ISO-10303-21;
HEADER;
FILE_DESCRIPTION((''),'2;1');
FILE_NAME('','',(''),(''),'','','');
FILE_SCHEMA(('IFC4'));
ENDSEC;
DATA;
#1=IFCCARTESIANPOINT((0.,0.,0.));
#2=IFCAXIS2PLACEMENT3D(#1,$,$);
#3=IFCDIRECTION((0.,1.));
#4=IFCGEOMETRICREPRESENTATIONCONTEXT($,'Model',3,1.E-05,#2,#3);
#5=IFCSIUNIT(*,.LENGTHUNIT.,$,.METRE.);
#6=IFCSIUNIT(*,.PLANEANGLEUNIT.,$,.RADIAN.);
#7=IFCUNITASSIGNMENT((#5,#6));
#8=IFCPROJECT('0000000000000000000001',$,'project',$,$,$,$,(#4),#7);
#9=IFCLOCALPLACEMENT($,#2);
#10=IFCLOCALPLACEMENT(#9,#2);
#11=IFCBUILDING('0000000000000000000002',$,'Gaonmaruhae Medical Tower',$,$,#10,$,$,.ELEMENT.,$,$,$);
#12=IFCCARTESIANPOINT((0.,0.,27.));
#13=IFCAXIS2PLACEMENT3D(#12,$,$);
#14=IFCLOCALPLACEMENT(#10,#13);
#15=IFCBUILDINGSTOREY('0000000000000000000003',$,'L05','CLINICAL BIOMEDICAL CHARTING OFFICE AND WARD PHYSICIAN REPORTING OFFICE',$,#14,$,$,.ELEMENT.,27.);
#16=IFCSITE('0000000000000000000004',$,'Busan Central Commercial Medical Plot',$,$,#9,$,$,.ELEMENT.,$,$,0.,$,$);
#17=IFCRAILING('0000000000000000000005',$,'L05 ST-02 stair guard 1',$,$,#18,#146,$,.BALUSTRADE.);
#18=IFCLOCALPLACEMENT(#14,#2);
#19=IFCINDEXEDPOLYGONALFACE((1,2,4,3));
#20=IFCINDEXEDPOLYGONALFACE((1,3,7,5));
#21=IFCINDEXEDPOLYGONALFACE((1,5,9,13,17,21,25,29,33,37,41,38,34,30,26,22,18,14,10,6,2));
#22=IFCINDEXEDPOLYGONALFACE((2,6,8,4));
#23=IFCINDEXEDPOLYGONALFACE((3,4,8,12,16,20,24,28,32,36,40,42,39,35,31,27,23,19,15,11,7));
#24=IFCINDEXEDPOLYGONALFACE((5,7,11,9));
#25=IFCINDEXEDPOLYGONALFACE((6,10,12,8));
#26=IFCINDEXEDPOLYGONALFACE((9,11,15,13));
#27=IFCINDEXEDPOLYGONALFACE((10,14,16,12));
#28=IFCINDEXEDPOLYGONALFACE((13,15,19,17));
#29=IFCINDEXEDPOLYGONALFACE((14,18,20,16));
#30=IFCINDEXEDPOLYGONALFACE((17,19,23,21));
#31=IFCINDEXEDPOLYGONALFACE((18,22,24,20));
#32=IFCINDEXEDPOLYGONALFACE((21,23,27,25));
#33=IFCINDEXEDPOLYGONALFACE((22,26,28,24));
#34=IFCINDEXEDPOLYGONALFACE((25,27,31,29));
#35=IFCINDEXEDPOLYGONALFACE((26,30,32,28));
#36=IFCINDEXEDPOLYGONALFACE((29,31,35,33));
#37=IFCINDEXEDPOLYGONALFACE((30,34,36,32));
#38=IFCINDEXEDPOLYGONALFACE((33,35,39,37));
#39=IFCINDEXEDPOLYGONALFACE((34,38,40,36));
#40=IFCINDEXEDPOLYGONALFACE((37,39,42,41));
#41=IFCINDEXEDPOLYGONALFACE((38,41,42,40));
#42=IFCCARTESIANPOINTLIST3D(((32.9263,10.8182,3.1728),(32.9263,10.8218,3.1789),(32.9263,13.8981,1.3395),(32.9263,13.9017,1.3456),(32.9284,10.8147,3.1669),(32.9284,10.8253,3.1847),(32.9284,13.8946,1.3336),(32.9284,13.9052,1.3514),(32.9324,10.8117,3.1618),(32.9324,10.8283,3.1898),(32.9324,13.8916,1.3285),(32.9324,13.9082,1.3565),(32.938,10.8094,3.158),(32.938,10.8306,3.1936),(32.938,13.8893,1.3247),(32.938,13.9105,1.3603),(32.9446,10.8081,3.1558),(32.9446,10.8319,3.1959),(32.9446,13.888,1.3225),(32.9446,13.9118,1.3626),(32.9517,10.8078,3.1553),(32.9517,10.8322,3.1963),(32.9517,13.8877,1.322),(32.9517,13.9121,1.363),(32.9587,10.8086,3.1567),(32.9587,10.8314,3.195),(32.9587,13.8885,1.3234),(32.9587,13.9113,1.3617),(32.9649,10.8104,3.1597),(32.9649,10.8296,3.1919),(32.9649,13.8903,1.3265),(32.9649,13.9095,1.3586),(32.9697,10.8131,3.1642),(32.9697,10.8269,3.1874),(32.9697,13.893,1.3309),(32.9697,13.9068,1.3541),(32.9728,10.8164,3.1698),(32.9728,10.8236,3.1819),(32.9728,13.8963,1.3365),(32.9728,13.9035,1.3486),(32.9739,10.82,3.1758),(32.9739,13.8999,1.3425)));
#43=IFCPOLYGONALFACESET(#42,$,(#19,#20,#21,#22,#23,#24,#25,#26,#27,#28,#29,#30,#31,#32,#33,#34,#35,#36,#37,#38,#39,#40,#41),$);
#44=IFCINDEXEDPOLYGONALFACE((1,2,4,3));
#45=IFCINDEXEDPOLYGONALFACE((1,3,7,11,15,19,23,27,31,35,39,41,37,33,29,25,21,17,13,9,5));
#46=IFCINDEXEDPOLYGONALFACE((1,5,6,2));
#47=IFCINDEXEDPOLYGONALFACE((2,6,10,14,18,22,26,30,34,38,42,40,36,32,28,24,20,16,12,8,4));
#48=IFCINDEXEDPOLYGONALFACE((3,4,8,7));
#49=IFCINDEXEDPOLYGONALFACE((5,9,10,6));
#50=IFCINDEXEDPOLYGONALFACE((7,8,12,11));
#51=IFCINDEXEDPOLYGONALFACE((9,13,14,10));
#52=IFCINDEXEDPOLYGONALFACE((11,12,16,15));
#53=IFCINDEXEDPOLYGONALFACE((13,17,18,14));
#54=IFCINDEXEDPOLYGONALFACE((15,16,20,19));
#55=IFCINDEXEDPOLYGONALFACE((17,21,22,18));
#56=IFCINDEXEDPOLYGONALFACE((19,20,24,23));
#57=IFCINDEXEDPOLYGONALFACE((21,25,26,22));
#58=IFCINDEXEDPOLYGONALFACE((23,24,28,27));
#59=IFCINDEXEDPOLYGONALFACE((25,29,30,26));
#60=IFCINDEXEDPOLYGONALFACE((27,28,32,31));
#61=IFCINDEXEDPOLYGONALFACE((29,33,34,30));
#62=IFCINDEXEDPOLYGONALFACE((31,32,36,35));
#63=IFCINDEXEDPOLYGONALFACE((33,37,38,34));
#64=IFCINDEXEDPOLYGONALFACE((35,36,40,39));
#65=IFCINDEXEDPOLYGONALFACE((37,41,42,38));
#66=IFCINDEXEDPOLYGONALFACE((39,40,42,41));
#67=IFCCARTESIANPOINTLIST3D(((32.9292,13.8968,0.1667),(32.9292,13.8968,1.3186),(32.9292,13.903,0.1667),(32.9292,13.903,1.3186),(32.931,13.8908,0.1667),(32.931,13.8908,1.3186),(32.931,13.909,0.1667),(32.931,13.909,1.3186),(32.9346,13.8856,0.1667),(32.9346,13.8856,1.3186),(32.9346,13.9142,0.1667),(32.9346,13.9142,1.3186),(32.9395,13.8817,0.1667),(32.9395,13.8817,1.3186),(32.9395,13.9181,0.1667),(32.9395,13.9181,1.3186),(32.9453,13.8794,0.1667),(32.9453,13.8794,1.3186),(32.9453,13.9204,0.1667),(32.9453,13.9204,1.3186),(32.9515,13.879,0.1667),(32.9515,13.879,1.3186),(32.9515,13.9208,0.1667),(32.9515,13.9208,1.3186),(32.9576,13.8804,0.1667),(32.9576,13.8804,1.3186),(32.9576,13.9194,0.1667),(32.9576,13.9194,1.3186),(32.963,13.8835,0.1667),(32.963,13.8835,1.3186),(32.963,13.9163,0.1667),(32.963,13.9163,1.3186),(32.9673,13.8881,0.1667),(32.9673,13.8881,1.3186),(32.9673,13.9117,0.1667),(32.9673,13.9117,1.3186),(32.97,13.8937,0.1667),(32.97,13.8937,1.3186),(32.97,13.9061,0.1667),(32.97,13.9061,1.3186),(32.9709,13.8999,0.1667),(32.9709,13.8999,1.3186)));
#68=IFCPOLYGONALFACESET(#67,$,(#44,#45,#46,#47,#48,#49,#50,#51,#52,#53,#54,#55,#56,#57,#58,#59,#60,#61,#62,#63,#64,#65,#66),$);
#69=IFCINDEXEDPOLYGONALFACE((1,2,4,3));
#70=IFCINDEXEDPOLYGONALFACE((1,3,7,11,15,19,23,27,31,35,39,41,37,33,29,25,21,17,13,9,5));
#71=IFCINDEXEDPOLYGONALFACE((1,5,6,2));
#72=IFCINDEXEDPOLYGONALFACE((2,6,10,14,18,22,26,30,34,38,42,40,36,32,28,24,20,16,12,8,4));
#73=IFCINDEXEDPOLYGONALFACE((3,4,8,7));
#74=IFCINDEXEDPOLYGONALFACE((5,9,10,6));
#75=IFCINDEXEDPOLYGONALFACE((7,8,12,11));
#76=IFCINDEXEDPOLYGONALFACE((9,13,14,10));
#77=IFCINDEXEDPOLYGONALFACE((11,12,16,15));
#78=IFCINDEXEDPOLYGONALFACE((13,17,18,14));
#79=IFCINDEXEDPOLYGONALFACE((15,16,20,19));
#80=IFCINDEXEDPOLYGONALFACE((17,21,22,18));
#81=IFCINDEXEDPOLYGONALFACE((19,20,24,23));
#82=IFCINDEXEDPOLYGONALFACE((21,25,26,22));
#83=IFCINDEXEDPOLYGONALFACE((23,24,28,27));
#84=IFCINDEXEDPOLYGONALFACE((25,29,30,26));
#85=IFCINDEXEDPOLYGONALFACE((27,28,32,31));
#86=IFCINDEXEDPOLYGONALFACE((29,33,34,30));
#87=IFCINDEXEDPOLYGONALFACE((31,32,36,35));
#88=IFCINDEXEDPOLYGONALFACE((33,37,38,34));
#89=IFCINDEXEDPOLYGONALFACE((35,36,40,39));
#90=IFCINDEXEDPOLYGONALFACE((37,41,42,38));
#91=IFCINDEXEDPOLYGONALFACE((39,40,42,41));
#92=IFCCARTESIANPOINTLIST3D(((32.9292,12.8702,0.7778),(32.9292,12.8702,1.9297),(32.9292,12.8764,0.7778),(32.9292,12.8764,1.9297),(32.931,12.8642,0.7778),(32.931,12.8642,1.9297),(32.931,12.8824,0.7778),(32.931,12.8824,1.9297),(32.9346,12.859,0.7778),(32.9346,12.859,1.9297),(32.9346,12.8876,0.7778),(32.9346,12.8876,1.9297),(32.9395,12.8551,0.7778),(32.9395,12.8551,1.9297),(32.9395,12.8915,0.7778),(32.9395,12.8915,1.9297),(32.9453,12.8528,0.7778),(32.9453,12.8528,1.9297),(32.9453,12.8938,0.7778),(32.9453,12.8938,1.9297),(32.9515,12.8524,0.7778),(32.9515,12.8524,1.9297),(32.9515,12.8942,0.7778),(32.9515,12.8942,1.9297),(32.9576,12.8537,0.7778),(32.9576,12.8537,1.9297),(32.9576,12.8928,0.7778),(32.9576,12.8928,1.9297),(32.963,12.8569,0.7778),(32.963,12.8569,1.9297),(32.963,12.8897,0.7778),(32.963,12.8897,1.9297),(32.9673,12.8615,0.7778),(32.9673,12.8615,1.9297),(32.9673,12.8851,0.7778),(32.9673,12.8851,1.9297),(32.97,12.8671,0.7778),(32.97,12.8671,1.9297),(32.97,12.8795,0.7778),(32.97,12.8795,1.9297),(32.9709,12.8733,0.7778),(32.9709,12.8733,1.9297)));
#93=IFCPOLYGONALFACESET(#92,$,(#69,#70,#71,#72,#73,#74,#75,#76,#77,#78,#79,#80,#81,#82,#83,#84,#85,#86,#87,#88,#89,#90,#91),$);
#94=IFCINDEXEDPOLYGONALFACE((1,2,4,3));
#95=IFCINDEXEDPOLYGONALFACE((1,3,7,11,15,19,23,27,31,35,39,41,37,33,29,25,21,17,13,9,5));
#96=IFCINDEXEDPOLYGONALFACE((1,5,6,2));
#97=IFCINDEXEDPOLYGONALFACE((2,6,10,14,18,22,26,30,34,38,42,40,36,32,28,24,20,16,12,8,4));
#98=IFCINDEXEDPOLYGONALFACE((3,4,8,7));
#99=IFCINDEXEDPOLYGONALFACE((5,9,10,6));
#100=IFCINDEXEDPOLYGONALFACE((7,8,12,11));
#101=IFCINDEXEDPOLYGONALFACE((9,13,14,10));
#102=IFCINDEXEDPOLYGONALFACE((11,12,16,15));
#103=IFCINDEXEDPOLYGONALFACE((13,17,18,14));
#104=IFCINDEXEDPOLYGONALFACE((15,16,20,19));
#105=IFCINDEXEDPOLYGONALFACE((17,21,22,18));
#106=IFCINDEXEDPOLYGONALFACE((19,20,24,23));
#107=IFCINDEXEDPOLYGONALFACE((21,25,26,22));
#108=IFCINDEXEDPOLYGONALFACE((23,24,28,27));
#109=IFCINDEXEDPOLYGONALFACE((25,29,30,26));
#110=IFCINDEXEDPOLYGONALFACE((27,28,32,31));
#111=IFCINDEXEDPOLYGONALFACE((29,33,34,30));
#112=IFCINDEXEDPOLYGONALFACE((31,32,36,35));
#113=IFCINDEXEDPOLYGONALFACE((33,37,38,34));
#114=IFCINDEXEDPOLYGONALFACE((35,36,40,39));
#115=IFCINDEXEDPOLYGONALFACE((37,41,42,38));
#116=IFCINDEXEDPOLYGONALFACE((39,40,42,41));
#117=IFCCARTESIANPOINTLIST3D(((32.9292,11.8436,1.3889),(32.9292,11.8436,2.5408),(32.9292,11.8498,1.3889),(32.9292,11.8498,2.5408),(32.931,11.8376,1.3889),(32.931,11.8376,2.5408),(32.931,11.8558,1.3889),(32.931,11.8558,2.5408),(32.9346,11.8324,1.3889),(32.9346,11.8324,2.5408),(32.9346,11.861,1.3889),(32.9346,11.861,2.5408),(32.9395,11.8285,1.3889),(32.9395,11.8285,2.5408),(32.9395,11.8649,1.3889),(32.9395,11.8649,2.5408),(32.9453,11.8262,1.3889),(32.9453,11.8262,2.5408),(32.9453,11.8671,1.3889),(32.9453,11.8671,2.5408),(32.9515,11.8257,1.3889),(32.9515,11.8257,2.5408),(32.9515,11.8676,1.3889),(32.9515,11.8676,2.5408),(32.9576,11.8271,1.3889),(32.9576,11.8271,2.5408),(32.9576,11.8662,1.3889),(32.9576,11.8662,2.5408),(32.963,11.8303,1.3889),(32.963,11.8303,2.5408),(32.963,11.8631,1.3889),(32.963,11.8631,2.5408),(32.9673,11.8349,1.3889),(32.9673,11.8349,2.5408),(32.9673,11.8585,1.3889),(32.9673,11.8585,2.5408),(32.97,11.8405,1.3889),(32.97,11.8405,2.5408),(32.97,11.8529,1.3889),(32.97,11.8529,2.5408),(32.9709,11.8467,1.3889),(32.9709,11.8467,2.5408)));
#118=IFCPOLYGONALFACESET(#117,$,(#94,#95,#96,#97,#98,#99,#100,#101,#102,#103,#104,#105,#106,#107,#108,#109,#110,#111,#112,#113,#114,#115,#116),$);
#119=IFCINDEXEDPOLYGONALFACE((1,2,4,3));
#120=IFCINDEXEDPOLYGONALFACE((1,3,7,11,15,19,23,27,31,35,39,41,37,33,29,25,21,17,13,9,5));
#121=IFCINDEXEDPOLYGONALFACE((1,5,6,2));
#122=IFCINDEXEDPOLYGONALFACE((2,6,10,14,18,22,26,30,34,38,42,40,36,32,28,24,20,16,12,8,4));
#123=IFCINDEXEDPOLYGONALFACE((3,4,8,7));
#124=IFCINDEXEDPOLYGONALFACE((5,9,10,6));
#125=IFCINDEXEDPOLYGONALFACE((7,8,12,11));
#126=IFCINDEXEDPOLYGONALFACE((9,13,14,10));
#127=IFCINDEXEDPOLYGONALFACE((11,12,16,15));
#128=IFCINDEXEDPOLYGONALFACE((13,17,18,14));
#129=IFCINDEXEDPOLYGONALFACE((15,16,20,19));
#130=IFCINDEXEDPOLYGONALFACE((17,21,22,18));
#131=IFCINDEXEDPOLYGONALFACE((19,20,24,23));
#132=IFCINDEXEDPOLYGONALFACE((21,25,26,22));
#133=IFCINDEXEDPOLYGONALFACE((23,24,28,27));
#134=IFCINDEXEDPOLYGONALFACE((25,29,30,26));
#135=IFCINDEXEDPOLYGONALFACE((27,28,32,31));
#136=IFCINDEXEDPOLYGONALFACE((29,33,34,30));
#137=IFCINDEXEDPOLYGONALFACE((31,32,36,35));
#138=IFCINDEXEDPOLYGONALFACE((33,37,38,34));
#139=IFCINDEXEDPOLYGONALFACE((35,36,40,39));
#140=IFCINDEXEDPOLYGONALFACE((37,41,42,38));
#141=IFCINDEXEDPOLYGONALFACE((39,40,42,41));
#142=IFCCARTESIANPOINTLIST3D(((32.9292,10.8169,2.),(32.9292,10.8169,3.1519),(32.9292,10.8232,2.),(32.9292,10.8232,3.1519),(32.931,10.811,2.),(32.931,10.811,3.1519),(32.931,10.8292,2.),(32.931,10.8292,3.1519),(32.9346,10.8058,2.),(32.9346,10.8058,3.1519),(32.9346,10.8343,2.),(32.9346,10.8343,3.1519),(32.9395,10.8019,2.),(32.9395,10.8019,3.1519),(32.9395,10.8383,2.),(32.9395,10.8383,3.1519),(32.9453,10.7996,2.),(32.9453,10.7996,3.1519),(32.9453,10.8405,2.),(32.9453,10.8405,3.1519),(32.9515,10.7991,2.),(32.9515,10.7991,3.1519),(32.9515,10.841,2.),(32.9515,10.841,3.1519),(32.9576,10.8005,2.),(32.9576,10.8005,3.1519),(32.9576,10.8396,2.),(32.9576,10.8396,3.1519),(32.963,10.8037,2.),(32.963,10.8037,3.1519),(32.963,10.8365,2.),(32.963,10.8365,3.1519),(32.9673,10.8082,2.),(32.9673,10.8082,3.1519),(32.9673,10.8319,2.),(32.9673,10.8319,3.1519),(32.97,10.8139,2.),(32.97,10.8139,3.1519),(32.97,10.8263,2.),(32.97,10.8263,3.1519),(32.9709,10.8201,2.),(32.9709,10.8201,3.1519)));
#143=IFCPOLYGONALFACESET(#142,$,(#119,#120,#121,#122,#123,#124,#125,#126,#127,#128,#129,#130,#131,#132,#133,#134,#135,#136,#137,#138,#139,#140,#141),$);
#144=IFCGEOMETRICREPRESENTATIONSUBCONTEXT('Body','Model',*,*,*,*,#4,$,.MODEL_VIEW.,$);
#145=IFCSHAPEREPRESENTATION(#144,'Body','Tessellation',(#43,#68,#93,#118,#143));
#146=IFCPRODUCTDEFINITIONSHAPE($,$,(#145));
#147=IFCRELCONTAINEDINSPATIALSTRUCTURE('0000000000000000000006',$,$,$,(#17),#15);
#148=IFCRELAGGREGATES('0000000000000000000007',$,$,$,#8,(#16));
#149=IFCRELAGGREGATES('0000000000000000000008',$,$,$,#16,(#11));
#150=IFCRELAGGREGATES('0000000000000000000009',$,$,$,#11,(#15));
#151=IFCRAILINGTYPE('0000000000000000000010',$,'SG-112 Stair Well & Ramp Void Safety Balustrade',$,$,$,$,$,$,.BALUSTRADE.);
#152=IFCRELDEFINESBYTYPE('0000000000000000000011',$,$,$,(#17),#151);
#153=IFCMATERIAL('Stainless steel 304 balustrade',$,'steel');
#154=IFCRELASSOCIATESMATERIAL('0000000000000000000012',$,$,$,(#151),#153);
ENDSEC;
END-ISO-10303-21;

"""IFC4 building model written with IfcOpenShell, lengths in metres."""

from ifc_helpers import new_model, si_unit, direction, frame, origin, origin_2d, place, context, subcontext, project, spatial, circle, extrude, material, type_object, element, save


model = new_model("IFC4")

# Units and contexts
model_context = context("Model", 3, precision=1e-05, world=origin(), true_north=direction((0.0, 1.0)))
body_context = subcontext(model_context, "Body", "Model", "MODEL_VIEW")
ifc_project = project(units=[si_unit("LENGTHUNIT", "METRE"), si_unit("PLANEANGLEUNIT", "RADIAN")], contexts=[model_context])

# Site, building, storey
site_placement = place(None, origin())
site = spatial("IfcSite", under=ifc_project, at=site_placement, Name="Busan Central Commercial Medical Plot", CompositionType="ELEMENT", RefElevation=0.0)
building_placement = place(site_placement, origin())
building = spatial("IfcBuilding", under=site, at=building_placement, Name="Gaonmaruhae Medical Tower", CompositionType="ELEMENT")
storey_placement = place(building_placement, frame((0.0, 0.0, 27.0)))
storey = spatial("IfcBuildingStorey", under=building, at=storey_placement, Name="L05", Description="CLINICAL BIOMEDICAL CHARTING OFFICE AND WARD PHYSICIAN REPORTING OFFICE", CompositionType="ELEMENT", Elevation=27.0)

# Railing
ifc_material_1 = material(Name="Stainless steel 304 balustrade", Category="steel")
railing_type_1 = type_object("IfcRailingType", Name="SG-112 Stair Well & Ramp Void Safety Balustrade", PredefinedType="BALUSTRADE", material=ifc_material_1)
railing_1_placement = place(storey_placement, frame((32.95, 13.8999, 0.1667)))
element("IfcRailing", 1, at=railing_1_placement, inside=storey, type_object=railing_type_1, Name="L05 ST-02 stair guard 1", PredefinedType="BALUSTRADE", context=body_context, shape_type="SweptSolid", body=[
    extrude(circle(Radius=0.0239, at=origin_2d()), frame((0.0, 0.0, 1.1758), z_axis=(0.0, -0.859291, 0.511487), x_axis=(1.0, 0.0, 0.0)), (0.0, 0.0, 1.0), 3.5842),
    extrude(circle(Radius=0.021, at=origin_2d()), origin(), (0.0, 0.0, 1.0), 1.1519),
    extrude(circle(Radius=0.021, at=origin_2d()), frame((0.0, -1.0266, 0.6111)), (0.0, 0.0, 1.0), 1.1519),
    extrude(circle(Radius=0.021, at=origin_2d()), frame((0.0, -2.0532, 1.2222)), (0.0, 0.0, 1.0), 1.1519),
    extrude(circle(Radius=0.021, at=origin_2d()), frame((0.0, -3.0798, 1.8333)), (0.0, 0.0, 1.0), 1.1519),
])

save(model, "model.ifc")
